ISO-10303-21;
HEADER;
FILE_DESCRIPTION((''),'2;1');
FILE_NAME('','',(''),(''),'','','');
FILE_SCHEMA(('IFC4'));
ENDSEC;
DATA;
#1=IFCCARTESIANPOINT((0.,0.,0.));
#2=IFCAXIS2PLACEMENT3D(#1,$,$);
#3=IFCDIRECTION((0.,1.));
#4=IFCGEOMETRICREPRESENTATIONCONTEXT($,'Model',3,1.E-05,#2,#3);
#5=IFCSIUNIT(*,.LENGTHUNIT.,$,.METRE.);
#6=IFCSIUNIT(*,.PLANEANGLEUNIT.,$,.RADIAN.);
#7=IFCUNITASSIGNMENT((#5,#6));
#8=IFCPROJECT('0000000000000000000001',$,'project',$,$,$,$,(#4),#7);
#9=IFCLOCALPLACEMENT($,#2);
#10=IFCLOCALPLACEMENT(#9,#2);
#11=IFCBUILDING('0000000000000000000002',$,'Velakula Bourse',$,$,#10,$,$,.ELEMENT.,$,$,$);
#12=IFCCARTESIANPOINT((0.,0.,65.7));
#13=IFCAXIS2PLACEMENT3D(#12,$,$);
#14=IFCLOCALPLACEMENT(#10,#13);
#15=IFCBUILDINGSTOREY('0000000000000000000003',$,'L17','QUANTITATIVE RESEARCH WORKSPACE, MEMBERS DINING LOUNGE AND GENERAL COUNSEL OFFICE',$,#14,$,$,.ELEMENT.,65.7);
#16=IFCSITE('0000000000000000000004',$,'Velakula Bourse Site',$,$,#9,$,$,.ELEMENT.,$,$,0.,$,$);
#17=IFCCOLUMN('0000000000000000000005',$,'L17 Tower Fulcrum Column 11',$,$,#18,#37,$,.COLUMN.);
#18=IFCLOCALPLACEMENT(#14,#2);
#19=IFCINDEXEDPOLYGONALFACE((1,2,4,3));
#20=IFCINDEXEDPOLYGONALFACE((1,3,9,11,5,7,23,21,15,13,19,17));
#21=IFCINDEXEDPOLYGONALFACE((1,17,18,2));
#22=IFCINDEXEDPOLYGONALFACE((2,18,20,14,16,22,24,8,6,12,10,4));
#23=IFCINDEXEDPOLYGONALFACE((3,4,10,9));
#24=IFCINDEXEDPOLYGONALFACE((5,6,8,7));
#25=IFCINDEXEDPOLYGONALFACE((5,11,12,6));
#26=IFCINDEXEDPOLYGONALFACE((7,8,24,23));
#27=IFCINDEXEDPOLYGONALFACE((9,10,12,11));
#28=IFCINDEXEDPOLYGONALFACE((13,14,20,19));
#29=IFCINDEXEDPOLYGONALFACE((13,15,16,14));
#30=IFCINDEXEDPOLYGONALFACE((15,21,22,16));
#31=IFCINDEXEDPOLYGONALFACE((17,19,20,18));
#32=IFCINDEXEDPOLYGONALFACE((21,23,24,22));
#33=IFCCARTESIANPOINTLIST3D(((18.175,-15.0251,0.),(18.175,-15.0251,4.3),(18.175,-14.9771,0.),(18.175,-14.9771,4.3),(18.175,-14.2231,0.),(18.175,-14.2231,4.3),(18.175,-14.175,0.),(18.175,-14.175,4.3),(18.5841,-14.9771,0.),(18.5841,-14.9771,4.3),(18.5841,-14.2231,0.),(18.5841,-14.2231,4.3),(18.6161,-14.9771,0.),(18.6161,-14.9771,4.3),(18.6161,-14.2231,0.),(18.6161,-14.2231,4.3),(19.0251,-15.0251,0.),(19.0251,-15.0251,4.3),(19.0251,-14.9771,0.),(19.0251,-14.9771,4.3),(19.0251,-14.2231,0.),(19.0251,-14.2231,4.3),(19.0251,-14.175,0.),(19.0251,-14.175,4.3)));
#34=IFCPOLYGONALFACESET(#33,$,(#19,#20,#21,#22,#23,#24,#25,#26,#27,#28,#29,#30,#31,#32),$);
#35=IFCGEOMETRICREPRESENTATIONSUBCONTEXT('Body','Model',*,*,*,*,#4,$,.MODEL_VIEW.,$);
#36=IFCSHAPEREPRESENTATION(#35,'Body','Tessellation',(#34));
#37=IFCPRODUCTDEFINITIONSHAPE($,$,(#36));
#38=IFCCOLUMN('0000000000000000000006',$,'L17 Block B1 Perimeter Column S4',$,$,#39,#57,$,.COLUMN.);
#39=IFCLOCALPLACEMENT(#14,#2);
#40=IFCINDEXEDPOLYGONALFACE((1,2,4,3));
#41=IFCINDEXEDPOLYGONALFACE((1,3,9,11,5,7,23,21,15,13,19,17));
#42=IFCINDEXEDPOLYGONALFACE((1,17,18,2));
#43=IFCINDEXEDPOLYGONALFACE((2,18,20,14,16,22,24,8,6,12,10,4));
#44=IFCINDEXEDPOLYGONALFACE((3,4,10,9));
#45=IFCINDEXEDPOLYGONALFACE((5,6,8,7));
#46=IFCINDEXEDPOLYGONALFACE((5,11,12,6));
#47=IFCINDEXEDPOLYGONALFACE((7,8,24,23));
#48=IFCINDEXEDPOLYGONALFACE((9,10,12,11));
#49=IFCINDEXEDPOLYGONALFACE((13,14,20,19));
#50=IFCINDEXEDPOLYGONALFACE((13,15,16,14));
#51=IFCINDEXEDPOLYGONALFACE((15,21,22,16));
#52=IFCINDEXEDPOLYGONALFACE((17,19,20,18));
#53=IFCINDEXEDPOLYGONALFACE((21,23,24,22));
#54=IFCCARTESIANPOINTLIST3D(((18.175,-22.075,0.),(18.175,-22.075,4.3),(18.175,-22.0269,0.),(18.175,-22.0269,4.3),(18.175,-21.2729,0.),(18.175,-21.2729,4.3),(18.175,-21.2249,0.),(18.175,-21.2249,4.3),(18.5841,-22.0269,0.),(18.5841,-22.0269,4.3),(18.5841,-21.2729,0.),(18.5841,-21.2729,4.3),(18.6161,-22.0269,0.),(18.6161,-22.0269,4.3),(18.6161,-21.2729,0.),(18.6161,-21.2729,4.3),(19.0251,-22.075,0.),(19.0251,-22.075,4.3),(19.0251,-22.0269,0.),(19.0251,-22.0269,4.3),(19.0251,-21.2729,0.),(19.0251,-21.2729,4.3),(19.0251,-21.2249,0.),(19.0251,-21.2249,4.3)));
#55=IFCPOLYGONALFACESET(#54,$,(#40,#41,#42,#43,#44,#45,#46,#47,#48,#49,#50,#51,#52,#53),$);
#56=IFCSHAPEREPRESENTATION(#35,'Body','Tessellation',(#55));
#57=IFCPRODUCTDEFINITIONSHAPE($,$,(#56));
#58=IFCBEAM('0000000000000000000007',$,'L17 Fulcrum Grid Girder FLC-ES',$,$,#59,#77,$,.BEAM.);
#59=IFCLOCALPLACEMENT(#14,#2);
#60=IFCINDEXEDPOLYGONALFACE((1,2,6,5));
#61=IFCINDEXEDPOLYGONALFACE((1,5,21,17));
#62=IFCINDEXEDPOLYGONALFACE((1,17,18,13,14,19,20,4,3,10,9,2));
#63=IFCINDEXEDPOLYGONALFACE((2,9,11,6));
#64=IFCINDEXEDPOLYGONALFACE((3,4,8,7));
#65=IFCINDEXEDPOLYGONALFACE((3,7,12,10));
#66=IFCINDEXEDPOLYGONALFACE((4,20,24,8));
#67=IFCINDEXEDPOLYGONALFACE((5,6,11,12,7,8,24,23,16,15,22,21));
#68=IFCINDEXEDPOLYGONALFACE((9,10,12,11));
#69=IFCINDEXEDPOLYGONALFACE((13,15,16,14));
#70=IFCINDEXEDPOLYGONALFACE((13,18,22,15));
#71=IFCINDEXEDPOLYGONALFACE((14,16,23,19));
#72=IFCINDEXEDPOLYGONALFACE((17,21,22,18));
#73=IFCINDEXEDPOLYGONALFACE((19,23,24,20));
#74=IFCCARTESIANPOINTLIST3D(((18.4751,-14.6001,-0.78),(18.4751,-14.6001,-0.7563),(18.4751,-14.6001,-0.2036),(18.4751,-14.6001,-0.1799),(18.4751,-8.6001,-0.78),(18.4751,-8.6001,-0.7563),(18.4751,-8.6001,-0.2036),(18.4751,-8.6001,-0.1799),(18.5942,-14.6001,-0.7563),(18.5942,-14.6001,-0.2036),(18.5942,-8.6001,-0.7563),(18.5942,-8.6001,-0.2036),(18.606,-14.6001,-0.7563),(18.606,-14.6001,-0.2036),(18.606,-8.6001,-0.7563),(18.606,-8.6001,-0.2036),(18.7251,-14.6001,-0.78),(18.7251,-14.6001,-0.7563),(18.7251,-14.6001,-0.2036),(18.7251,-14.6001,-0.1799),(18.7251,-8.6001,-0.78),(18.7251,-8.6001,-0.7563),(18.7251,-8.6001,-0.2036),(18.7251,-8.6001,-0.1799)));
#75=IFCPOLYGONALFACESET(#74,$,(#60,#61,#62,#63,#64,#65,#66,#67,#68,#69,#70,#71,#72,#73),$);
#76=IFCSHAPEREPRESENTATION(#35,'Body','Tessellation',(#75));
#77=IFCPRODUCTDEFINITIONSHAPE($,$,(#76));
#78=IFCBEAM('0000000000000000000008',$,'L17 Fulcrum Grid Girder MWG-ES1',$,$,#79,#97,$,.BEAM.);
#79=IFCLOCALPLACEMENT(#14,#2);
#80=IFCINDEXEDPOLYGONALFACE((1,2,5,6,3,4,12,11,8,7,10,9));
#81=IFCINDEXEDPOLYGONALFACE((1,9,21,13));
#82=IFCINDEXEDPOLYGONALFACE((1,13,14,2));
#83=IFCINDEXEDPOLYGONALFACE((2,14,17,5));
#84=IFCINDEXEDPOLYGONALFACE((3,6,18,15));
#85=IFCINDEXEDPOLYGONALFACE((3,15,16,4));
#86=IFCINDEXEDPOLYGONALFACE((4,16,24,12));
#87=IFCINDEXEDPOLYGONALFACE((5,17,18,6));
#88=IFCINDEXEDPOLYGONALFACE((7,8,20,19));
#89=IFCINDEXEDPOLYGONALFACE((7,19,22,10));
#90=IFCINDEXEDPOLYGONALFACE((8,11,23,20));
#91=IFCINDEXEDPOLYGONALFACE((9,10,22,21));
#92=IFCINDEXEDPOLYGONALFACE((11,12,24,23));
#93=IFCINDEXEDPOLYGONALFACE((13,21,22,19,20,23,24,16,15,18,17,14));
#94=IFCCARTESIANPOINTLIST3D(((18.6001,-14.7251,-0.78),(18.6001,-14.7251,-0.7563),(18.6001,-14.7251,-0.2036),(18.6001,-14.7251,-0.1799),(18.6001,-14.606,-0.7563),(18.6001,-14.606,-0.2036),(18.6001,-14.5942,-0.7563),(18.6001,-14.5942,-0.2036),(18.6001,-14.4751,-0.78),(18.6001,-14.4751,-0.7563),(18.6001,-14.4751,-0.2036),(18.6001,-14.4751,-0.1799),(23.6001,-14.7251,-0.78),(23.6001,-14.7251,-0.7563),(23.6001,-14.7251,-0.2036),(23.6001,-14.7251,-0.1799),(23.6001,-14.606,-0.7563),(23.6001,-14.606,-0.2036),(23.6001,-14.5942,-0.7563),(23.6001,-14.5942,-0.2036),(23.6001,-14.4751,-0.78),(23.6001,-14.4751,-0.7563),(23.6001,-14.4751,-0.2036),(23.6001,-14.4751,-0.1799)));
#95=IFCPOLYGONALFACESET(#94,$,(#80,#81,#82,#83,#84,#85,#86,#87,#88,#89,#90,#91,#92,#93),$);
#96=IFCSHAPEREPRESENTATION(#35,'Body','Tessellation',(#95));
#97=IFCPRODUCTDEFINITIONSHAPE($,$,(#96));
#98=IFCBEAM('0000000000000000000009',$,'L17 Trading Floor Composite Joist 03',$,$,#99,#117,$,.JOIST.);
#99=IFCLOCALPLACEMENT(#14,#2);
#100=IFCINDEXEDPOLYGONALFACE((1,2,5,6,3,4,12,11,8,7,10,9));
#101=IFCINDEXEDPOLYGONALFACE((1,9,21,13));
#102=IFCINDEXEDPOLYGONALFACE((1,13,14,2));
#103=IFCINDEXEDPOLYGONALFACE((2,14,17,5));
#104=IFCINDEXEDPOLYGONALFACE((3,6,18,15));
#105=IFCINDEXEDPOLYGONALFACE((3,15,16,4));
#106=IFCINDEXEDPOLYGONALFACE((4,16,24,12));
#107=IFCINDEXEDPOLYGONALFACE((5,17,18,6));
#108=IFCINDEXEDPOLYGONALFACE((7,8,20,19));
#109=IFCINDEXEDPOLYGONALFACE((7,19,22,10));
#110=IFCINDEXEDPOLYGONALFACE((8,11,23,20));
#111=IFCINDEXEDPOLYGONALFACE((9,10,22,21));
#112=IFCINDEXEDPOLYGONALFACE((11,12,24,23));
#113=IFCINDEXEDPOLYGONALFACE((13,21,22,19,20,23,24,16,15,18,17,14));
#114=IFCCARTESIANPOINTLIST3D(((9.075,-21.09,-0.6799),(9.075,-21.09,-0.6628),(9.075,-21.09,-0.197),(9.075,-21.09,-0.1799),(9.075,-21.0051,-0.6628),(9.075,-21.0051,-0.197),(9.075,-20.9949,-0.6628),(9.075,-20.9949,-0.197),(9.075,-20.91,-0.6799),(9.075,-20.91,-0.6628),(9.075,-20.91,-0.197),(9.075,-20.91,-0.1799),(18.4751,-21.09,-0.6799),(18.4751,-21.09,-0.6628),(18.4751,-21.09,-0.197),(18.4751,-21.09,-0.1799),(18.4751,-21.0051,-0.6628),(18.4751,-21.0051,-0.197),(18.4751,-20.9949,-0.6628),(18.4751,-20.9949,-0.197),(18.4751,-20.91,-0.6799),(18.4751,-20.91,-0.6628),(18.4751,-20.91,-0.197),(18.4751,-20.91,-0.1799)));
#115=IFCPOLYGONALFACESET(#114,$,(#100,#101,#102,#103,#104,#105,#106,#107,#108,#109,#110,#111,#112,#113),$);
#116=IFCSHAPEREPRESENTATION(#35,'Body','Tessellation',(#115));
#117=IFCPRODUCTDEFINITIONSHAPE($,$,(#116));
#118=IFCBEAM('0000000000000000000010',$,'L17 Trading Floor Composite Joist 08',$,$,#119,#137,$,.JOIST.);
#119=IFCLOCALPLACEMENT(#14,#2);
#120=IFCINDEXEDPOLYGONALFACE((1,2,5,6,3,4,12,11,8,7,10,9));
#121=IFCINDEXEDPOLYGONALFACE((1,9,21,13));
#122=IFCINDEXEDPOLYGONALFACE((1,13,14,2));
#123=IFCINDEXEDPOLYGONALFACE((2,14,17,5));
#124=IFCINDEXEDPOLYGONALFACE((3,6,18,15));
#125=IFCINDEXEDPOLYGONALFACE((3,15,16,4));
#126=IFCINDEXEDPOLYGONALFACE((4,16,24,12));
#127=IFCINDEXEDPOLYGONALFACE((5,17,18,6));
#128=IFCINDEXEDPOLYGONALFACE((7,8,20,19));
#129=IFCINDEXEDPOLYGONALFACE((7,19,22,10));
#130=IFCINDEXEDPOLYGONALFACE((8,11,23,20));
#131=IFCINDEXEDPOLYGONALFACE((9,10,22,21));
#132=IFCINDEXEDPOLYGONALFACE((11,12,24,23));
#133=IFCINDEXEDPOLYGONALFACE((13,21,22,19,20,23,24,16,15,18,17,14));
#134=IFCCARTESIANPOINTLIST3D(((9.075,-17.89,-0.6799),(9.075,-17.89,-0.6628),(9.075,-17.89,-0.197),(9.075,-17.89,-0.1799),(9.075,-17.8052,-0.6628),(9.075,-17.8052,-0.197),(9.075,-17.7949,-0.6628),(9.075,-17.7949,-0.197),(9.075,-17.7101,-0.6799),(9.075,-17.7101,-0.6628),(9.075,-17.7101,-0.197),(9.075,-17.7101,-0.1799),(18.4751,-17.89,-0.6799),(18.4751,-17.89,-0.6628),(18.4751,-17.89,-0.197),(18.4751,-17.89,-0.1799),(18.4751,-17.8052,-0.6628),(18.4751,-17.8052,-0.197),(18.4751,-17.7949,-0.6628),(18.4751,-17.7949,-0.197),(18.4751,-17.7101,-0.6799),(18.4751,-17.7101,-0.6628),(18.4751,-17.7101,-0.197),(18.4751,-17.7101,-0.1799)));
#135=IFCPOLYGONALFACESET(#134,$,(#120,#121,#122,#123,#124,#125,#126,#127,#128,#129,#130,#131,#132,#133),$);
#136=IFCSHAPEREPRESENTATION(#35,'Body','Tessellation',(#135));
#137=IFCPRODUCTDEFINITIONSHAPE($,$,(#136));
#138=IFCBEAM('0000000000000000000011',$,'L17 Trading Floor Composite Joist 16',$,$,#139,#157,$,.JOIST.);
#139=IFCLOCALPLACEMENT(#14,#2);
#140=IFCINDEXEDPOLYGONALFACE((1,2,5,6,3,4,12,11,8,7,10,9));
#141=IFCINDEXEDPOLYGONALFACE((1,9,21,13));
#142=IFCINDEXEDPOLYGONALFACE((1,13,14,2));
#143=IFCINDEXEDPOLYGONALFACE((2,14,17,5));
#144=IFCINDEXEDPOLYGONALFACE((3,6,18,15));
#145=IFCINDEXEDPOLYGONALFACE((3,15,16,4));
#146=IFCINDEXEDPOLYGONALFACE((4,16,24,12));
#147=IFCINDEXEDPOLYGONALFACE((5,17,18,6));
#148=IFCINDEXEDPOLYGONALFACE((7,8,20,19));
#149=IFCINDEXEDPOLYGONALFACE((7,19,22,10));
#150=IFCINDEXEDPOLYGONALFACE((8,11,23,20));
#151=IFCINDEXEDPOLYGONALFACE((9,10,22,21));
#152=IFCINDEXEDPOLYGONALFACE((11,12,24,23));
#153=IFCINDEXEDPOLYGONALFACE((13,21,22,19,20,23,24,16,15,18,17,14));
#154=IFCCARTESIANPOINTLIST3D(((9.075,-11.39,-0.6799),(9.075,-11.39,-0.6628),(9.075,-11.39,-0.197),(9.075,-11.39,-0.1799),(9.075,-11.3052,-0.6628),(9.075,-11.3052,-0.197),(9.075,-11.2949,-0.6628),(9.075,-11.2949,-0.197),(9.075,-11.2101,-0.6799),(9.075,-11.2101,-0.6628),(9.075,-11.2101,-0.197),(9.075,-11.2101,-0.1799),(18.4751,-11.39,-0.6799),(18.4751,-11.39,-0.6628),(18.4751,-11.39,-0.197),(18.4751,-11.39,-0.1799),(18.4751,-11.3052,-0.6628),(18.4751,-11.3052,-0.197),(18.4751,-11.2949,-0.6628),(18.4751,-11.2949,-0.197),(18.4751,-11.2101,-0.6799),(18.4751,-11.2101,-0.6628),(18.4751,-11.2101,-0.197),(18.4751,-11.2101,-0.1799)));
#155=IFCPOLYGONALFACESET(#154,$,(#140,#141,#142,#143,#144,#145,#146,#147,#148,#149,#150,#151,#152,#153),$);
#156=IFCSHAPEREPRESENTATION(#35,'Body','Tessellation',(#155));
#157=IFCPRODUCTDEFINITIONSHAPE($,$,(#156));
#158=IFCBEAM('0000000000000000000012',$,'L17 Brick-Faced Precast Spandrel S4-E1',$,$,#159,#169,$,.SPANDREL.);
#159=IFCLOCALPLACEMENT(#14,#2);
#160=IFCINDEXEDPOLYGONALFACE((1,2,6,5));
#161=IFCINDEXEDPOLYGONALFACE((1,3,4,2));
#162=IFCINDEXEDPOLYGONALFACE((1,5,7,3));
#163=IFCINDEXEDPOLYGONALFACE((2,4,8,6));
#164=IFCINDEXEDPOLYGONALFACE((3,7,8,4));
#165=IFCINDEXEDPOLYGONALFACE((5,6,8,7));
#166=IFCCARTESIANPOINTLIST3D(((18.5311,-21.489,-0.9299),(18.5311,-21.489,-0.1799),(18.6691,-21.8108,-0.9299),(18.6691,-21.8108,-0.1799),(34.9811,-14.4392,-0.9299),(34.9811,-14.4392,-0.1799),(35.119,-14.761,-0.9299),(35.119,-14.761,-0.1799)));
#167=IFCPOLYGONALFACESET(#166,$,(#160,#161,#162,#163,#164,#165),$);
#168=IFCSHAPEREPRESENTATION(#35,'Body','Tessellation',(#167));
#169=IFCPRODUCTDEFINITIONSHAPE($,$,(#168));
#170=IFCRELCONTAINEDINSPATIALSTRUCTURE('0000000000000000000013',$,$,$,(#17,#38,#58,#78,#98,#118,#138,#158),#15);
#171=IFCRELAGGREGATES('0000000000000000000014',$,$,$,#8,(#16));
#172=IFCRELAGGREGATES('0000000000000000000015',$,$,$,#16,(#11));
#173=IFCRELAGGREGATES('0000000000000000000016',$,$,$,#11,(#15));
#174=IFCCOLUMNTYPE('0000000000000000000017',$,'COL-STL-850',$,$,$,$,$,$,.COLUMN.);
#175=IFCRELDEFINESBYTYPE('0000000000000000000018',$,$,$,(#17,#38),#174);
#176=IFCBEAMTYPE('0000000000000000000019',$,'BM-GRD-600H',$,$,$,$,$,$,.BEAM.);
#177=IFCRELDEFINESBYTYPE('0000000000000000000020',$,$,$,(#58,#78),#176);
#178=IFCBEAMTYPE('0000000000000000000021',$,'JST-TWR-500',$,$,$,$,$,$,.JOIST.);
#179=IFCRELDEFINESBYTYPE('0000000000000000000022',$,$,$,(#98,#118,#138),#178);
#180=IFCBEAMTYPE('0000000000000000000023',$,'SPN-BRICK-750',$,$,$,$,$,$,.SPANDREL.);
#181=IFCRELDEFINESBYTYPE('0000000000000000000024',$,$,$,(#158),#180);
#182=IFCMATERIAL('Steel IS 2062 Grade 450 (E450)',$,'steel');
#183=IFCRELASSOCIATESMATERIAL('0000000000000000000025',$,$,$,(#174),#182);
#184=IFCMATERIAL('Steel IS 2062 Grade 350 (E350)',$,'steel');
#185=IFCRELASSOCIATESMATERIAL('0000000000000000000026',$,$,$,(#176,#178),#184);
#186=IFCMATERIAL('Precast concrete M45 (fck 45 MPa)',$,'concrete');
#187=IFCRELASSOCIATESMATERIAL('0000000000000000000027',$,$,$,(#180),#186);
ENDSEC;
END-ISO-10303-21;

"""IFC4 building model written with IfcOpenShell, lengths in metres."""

from ifc_helpers import new_model, si_unit, direction, frame, origin, origin_2d, place, context, subcontext, project, spatial, rectangle, i_section, extrude, material, material_profile, profile_set, type_object, element, save


model = new_model("IFC4")

# Units and contexts
model_context = context("Model", 3, precision=1e-05, world=origin(), true_north=direction((0.0, 1.0)))
body_context = subcontext(model_context, "Body", "Model", "MODEL_VIEW")
ifc_project = project(units=[si_unit("LENGTHUNIT", "METRE"), si_unit("PLANEANGLEUNIT", "RADIAN")], contexts=[model_context])

# Site, building, storey
site_placement = place(None, origin())
site = spatial("IfcSite", under=ifc_project, at=site_placement, Name="Velakula Bourse Site", CompositionType="ELEMENT", RefElevation=0.0)
building_placement = place(site_placement, origin())
building = spatial("IfcBuilding", under=site, at=building_placement, Name="Velakula Bourse", CompositionType="ELEMENT")
storey_placement = place(building_placement, frame((0.0, 0.0, 65.7)))
storey = spatial("IfcBuildingStorey", under=building, at=storey_placement, Name="L17", Description="QUANTITATIVE RESEARCH WORKSPACE, MEMBERS DINING LOUNGE AND GENERAL COUNSEL OFFICE", CompositionType="ELEMENT", Elevation=65.7)

# Columns
ifc_material_1 = material(Name="Steel IS 2062 Grade 450 (E450)", Category="steel")
ifc_material_profile_1 = material_profile(ifc_material_1, i_section(OverallWidth=0.8501, OverallDepth=0.8501, WebThickness=0.032, FlangeThickness=0.0481, at=origin_2d()), Name="Steel IS 2062 Grade 450 (E450)")
ifc_profile_set_1 = profile_set([ifc_material_profile_1], Name="Steel IS 2062 Grade 450 (E450)")
column_type = type_object("IfcColumnType", Name="COL-STL-850", PredefinedType="COLUMN", material=ifc_profile_set_1)
for number, where, z_axis, x_axis, name in (
    (1, (18.6001, -14.6001, 0.0), (0.0, 0.0, 1.0), (1.0, 0.0, 0.0), "L17 Tower Fulcrum Column 11"),
    (2, (18.6001, -21.6499, 0.0), (0.0, 0.0, 1.0), (1.0, 0.0, 0.0), "L17 Block B1 Perimeter Column S4"),
):
    element("IfcColumn", number, at=place(storey_placement, frame(where, z_axis=z_axis, x_axis=x_axis)), inside=storey, type_object=column_type, Name=name, PredefinedType="COLUMN", context=body_context, shape_type="SweptSolid", body=[
        extrude(i_section(OverallWidth=0.8501, OverallDepth=0.8501, WebThickness=0.032, FlangeThickness=0.0481, at=origin_2d()), origin(), (0.0, 0.0, 1.0), 4.3),
    ])

# Beams
ifc_material_2 = material(Name="Steel IS 2062 Grade 350 (E350)", Category="steel")
ifc_material_profile_2 = material_profile(ifc_material_2, i_section(OverallWidth=0.25, OverallDepth=0.6001, WebThickness=0.0117, FlangeThickness=0.0237, at=origin_2d()), Name="Steel IS 2062 Grade 350 (E350)")
ifc_profile_set_2 = profile_set([ifc_material_profile_2], Name="Steel IS 2062 Grade 350 (E350)")
beam_type_1 = type_object("IfcBeamType", Name="BM-GRD-600H", PredefinedType="BEAM", material=ifc_profile_set_2)
beam_1_placement = place(storey_placement, frame((18.6001, -14.6001, -0.48), z_axis=(0.0, 1.0, 0.0), x_axis=(-1.0, 0.0, 0.0)))
element("IfcBeam", 3, at=beam_1_placement, inside=storey, type_object=beam_type_1, Name="L17 Fulcrum Grid Girder FLC-ES", PredefinedType="BEAM", context=body_context, shape_type="SweptSolid", body=[
    extrude(i_section(OverallWidth=0.25, OverallDepth=0.6001, WebThickness=0.0117, FlangeThickness=0.0237, at=origin_2d()), origin(), (0.0, 0.0, 1.0), 6.0),
])
beam_2_placement = place(storey_placement, frame((18.6001, -14.6001, -0.48), z_axis=(1.0, 0.0, 0.0), x_axis=(0.0, 1.0, 0.0)))
element("IfcBeam", 4, at=beam_2_placement, inside=storey, type_object=beam_type_1, Name="L17 Fulcrum Grid Girder MWG-ES1", PredefinedType="BEAM", context=body_context, shape_type="SweptSolid", body=[
    extrude(i_section(OverallWidth=0.25, OverallDepth=0.6001, WebThickness=0.0117, FlangeThickness=0.0237, at=origin_2d()), origin(), (0.0, 0.0, 1.0), 5.0),
])
ifc_material_profile_3 = material_profile(ifc_material_2, i_section(OverallWidth=0.1799, OverallDepth=0.5, WebThickness=0.0103, FlangeThickness=0.0171, at=origin_2d()), Name="Steel IS 2062 Grade 350 (E350)")
ifc_profile_set_3 = profile_set([ifc_material_profile_3], Name="Steel IS 2062 Grade 350 (E350)")
beam_type_2 = type_object("IfcBeamType", Name="JST-TWR-500", PredefinedType="JOIST", material=ifc_profile_set_3)
for number, where, z_axis, x_axis, name in (
    (5, (9.075, -21.0, -0.4299), (1.0, 0.0, 0.0), (0.0, 1.0, 0.0), "L17 Trading Floor Composite Joist 03"),
    (6, (9.075, -17.8, -0.4299), (1.0, 0.0, 0.0), (0.0, 1.0, 0.0), "L17 Trading Floor Composite Joist 08"),
    (7, (9.075, -11.3, -0.4299), (1.0, 0.0, 0.0), (0.0, 1.0, 0.0), "L17 Trading Floor Composite Joist 16"),
):
    element("IfcBeam", number, at=place(storey_placement, frame(where, z_axis=z_axis, x_axis=x_axis)), inside=storey, type_object=beam_type_2, Name=name, PredefinedType="JOIST", context=body_context, shape_type="SweptSolid", body=[
        extrude(i_section(OverallWidth=0.1799, OverallDepth=0.5, WebThickness=0.0103, FlangeThickness=0.0171, at=origin_2d()), origin(), (0.0, 0.0, 1.0), 9.4001),
    ])
ifc_material_3 = material(Name="Precast concrete M45 (fck 45 MPa)", Category="concrete")
ifc_material_profile_4 = material_profile(ifc_material_3, rectangle(XDim=0.3501, YDim=0.75, at=origin_2d()), Name="Precast concrete M45 (fck 45 MPa)")
ifc_profile_set_4 = profile_set([ifc_material_profile_4], Name="Precast concrete M45 (fck 45 MPa)")
beam_type_3 = type_object("IfcBeamType", Name="SPN-BRICK-750", PredefinedType="SPANDREL", material=ifc_profile_set_4)
beam_3_placement = place(storey_placement, frame((18.6001, -21.6499, -0.5549), z_axis=(0.919149, 0.393911, 0.0), x_axis=(-0.393911, 0.919149, 0.0)))
element("IfcBeam", 8, at=beam_3_placement, inside=storey, type_object=beam_type_3, Name="L17 Brick-Faced Precast Spandrel S4-E1", PredefinedType="SPANDREL", context=body_context, shape_type="SweptSolid", body=[
    extrude(rectangle(XDim=0.3501, YDim=0.75, at=origin_2d()), origin(), (0.0, 0.0, 1.0), 17.897),
])

save(model, "model.ifc")
